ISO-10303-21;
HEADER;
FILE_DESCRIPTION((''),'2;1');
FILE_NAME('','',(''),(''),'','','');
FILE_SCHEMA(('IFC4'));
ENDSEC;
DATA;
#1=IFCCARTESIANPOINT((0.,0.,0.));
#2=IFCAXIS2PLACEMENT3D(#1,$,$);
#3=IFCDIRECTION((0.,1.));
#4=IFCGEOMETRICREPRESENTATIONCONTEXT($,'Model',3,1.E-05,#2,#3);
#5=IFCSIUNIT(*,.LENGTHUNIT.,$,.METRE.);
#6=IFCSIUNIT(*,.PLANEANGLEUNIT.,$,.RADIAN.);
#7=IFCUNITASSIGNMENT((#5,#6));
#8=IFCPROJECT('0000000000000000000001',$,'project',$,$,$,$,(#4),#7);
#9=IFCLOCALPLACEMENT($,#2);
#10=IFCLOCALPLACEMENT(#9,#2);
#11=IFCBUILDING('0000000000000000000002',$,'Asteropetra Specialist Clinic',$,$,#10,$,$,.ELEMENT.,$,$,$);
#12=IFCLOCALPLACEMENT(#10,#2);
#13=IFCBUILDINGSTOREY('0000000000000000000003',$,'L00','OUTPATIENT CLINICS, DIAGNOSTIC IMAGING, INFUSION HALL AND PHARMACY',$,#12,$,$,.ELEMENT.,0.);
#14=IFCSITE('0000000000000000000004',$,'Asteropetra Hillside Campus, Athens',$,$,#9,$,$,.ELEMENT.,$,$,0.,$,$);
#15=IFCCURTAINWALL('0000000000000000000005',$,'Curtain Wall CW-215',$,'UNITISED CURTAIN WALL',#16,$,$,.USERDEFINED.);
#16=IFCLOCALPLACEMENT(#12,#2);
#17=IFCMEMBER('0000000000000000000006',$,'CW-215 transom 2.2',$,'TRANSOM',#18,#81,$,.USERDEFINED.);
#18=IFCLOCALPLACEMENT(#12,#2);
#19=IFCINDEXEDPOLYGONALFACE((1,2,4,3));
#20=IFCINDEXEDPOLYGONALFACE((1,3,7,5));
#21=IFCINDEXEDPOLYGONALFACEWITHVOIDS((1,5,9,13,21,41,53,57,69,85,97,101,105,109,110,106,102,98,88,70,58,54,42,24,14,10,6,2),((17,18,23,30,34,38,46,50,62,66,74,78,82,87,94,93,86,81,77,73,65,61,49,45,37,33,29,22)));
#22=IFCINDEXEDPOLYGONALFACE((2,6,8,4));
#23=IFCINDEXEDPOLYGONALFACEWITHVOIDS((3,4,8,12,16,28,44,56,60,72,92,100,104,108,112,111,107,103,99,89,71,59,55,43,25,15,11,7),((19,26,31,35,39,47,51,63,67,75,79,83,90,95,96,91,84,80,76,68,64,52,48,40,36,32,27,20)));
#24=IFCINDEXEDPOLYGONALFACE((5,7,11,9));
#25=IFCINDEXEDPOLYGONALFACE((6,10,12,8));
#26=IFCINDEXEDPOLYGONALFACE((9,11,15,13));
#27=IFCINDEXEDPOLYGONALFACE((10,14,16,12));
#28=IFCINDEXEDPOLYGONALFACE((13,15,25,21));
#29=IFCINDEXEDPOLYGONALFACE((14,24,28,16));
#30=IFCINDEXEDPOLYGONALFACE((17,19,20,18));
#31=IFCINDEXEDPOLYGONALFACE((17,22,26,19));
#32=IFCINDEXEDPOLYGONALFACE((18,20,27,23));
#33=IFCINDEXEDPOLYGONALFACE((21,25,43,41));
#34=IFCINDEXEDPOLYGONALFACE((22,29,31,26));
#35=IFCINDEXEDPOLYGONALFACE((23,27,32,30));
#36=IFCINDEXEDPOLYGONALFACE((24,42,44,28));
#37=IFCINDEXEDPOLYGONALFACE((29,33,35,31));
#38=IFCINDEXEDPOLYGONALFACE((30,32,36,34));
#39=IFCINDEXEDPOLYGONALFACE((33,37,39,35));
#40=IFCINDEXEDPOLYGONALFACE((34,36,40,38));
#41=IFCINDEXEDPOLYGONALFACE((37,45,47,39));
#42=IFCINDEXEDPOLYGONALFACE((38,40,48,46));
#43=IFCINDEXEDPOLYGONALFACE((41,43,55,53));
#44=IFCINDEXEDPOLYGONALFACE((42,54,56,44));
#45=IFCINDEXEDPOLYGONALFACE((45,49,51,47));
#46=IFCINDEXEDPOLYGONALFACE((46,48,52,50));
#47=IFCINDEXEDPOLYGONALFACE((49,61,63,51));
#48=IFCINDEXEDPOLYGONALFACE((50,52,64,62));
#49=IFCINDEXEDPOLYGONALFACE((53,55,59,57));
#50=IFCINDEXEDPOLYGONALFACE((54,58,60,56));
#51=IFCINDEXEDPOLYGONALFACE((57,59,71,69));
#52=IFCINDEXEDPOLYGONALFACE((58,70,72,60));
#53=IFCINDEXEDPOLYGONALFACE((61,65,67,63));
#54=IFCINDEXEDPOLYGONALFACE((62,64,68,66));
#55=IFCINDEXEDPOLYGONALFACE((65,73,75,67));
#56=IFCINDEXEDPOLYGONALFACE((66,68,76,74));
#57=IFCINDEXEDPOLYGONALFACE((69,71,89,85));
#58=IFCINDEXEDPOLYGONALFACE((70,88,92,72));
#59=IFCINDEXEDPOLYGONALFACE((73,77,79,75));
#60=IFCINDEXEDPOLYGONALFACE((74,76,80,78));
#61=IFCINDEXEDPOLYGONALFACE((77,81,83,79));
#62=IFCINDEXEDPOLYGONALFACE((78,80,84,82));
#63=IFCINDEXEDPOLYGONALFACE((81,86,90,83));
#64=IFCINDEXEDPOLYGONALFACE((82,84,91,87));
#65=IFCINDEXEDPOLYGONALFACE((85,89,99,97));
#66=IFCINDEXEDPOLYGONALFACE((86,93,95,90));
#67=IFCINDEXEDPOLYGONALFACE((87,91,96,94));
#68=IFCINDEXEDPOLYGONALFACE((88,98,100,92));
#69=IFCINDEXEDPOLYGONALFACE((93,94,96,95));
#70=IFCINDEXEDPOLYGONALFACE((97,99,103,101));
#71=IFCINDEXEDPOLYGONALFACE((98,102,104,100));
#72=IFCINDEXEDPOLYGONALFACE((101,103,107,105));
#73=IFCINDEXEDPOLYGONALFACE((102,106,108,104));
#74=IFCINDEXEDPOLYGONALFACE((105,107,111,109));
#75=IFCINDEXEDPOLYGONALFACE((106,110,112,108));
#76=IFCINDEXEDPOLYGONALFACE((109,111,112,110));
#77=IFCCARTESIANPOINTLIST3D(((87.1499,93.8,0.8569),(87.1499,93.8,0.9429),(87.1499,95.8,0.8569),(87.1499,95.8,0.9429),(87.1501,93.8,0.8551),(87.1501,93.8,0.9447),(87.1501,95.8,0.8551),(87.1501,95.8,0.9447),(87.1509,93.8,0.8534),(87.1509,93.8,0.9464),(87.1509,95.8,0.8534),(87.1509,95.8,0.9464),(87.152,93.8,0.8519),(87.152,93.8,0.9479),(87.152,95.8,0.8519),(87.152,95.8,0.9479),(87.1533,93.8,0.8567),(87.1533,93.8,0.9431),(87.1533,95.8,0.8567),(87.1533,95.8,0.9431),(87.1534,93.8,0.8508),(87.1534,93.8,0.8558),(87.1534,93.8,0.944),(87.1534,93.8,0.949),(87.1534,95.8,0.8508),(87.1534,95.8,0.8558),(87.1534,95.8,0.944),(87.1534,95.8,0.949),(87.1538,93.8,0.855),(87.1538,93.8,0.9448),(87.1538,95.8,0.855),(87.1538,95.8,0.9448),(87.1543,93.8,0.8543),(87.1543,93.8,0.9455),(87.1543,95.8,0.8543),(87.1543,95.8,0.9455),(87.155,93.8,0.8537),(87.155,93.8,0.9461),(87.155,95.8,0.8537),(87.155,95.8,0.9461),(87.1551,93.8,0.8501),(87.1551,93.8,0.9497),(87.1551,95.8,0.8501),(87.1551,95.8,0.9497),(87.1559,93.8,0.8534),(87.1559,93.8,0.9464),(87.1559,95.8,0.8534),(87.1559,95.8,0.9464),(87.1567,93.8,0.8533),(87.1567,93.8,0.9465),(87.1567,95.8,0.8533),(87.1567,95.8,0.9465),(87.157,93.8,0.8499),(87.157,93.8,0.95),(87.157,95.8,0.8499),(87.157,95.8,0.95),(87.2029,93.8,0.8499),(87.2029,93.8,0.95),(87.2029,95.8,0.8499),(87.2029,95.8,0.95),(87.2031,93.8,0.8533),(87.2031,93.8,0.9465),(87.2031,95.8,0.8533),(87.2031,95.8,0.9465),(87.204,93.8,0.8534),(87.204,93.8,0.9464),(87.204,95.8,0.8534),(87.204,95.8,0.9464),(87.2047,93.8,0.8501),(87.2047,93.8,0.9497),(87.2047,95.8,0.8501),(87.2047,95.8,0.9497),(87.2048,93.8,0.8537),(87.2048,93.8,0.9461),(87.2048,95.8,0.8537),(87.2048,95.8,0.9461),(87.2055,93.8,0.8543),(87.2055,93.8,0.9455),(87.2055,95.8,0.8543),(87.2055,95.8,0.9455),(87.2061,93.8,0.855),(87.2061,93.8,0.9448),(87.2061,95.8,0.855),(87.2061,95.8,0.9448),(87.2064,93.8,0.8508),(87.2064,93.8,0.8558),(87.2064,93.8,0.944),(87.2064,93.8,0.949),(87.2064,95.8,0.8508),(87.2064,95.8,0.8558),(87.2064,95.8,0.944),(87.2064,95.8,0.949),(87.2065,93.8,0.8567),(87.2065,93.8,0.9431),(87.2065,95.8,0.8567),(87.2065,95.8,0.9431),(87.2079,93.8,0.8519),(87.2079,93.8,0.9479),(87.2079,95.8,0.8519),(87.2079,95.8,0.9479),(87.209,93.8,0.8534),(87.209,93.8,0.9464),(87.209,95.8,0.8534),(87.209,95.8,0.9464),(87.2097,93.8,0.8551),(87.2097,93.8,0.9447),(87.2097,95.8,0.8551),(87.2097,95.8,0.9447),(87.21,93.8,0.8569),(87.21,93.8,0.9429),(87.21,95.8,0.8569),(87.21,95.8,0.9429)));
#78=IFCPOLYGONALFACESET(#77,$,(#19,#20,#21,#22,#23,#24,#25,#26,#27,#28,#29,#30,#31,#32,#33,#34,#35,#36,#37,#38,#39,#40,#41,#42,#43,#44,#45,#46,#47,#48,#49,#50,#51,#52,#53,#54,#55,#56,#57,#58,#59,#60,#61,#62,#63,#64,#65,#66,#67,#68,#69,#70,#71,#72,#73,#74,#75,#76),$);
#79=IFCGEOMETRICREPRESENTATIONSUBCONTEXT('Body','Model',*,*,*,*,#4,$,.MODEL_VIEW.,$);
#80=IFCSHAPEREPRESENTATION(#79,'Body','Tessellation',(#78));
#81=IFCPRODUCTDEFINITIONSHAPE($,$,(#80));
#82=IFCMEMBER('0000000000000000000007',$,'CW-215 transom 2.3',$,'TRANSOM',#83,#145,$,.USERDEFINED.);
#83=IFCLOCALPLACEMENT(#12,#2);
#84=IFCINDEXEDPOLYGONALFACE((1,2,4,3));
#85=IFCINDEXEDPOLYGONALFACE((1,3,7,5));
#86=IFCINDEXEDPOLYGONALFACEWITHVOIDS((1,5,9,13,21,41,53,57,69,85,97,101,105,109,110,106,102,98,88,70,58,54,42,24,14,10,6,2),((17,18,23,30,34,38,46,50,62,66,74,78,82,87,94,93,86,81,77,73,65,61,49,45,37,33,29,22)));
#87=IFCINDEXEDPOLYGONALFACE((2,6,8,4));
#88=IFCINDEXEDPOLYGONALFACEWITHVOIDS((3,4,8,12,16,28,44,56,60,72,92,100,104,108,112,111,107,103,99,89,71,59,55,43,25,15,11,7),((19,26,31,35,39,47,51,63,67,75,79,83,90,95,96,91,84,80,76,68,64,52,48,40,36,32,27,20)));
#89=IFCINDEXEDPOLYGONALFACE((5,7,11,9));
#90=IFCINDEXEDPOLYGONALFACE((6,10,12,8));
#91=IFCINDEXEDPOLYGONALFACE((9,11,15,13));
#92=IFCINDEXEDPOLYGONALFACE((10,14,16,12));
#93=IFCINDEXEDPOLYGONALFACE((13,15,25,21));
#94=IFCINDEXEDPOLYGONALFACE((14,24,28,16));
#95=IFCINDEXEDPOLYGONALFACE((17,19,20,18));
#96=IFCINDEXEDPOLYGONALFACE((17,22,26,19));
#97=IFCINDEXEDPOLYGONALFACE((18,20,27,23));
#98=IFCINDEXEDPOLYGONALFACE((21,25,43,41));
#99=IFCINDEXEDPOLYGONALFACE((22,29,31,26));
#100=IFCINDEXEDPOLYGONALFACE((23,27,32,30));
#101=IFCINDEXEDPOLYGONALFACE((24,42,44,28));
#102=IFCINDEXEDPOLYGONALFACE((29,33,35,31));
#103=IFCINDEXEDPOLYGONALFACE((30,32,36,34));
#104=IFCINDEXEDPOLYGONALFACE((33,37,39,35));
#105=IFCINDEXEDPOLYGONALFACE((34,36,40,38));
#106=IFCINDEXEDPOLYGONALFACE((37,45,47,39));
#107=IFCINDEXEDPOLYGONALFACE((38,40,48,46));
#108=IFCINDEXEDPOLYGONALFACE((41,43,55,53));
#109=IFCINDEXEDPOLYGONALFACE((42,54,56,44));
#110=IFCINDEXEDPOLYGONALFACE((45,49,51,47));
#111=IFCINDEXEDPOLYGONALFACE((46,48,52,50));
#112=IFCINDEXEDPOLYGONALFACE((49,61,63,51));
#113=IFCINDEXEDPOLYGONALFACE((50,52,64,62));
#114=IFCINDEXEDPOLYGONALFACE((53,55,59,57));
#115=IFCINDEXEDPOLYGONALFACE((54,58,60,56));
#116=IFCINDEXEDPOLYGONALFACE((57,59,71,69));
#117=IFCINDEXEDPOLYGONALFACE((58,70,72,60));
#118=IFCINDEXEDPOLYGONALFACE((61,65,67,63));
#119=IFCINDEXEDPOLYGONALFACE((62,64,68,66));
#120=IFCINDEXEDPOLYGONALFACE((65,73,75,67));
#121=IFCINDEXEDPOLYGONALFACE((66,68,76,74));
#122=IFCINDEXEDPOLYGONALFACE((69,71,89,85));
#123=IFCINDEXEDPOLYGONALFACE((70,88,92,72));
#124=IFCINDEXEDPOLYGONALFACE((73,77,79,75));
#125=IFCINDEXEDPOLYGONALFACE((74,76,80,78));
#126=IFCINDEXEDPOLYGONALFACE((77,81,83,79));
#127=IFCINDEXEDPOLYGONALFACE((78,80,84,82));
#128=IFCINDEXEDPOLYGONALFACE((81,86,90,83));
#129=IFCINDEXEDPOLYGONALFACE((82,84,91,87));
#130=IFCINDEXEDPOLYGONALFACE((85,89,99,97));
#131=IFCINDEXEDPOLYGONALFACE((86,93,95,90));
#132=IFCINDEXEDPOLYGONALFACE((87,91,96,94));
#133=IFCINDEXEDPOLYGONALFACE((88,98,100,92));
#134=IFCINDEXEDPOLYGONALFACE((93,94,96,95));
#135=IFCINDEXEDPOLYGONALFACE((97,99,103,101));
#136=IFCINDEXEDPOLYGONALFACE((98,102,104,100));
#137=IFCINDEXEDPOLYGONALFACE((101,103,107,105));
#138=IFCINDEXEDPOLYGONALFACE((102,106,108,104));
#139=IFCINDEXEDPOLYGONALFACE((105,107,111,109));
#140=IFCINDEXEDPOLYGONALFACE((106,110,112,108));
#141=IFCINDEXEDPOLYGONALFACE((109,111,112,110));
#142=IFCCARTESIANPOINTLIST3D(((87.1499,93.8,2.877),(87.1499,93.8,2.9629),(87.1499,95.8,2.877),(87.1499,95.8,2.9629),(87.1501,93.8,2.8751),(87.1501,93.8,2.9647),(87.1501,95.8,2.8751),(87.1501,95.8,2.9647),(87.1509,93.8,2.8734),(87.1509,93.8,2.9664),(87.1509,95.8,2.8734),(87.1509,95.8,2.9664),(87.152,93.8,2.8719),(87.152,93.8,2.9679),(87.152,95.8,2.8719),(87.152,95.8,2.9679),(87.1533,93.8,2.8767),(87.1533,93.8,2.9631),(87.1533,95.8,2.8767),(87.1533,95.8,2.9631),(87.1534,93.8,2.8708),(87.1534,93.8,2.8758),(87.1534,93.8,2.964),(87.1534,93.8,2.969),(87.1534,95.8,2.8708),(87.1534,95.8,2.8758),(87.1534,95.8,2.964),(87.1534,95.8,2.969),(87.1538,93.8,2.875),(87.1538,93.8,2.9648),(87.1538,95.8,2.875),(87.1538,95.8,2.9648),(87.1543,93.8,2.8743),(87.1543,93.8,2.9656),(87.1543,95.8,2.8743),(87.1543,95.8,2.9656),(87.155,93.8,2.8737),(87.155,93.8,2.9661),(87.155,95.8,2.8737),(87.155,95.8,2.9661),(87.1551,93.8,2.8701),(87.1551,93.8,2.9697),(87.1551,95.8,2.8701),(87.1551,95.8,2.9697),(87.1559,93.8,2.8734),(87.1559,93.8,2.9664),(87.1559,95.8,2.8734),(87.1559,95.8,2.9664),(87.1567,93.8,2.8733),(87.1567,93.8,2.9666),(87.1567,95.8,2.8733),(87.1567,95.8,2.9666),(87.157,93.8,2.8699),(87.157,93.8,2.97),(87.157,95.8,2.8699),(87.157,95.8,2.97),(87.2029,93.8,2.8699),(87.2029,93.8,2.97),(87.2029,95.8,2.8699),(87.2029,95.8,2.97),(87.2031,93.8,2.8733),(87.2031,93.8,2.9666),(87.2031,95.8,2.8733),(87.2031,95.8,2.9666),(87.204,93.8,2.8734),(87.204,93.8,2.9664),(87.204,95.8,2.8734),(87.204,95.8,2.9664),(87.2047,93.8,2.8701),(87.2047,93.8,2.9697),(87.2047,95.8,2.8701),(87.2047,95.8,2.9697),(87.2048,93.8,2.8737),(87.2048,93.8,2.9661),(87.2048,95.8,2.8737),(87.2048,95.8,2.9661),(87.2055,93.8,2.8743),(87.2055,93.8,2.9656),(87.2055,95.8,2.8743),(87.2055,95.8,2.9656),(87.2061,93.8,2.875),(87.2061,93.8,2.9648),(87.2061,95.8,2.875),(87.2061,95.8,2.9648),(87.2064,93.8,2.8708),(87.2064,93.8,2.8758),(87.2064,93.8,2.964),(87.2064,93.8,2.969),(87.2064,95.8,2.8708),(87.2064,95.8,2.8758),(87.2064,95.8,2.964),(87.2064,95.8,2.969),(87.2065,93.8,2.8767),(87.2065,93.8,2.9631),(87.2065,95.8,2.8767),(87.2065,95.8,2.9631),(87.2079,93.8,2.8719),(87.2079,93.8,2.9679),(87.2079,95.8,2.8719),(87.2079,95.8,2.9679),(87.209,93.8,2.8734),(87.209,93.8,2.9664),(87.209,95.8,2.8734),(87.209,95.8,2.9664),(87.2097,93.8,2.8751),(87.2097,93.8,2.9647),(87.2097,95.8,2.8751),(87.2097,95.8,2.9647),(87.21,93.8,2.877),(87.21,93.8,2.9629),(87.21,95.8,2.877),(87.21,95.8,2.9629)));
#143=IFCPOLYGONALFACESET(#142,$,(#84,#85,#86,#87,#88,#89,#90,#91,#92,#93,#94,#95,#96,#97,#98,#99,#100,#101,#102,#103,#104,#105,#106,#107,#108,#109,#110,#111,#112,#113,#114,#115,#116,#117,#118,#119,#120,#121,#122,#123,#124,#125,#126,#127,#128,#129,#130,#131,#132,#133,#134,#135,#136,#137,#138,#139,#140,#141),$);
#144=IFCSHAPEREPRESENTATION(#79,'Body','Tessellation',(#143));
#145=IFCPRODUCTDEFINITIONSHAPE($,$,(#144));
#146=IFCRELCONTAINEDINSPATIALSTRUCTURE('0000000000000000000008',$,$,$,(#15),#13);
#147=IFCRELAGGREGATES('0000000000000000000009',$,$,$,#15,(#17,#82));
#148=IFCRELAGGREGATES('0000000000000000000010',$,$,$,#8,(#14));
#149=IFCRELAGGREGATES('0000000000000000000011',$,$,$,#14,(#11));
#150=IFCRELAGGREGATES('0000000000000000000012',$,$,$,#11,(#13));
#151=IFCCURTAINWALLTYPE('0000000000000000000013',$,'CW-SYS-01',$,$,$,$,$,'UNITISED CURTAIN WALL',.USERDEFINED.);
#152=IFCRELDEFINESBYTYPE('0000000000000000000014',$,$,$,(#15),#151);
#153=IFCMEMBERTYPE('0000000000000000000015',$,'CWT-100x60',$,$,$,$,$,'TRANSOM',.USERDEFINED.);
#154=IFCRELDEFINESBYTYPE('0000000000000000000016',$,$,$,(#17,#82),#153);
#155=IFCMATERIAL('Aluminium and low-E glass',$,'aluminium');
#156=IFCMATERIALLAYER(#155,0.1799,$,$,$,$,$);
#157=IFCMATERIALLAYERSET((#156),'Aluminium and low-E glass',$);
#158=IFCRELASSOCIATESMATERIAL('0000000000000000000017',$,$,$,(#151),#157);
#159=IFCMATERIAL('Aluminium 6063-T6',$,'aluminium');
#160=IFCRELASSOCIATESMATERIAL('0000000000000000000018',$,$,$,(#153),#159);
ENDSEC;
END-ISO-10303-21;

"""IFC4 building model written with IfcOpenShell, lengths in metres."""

from ifc_helpers import new_model, si_unit, direction, frame, origin, origin_2d, place, context, subcontext, project, spatial, hollow_rectangle, extrude, material, layer, layer_set, material_profile, profile_set, type_object, element, aggregate, save


model = new_model("IFC4")

# Units and contexts
model_context = context("Model", 3, precision=1e-05, world=origin(), true_north=direction((0.0, 1.0)))
body_context = subcontext(model_context, "Body", "Model", "MODEL_VIEW")
ifc_project = project(units=[si_unit("LENGTHUNIT", "METRE"), si_unit("PLANEANGLEUNIT", "RADIAN")], contexts=[model_context])

# Site, building, storey
site_placement = place(None, origin())
site = spatial("IfcSite", under=ifc_project, at=site_placement, Name="Asteropetra Hillside Campus, Athens", CompositionType="ELEMENT", RefElevation=0.0)
building_placement = place(site_placement, origin())
building = spatial("IfcBuilding", under=site, at=building_placement, Name="Asteropetra Specialist Clinic", CompositionType="ELEMENT")
storey_placement = place(building_placement, origin())
storey = spatial("IfcBuildingStorey", under=building, at=storey_placement, Name="L00", Description="OUTPATIENT CLINICS, DIAGNOSTIC IMAGING, INFUSION HALL AND PHARMACY", CompositionType="ELEMENT", Elevation=0.0)

# Curtain wall, members
ifc_material_1 = material(Name="Aluminium and low-E glass", Category="aluminium")
ifc_layer_1 = layer(ifc_material_1, 0.1799)
ifc_layer_set_1 = layer_set([ifc_layer_1], Name="Aluminium and low-E glass")
curtain_wall_type = type_object("IfcCurtainWallType", Name="CW-SYS-01", ElementType="UNITISED CURTAIN WALL", PredefinedType="USERDEFINED", material=ifc_layer_set_1)
curtain_wall_placement = place(storey_placement, origin())
curtain_wall = element("IfcCurtainWall", 1, at=curtain_wall_placement, inside=storey, type_object=curtain_wall_type, Name="Curtain Wall CW-215", ObjectType="UNITISED CURTAIN WALL", PredefinedType="USERDEFINED")
ifc_material_2 = material(Name="Aluminium 6063-T6", Category="aluminium")
ifc_material_profile_1 = material_profile(ifc_material_2, hollow_rectangle(XDim=0.0601, YDim=0.1001, WallThickness=0.0034, InnerFilletRadius=0.0034, OuterFilletRadius=0.0071, at=origin_2d()), Name="TRN 100x60x3.5")
ifc_profile_set_1 = profile_set([ifc_material_profile_1], Name="Aluminium 6063-T6")
member_type_1 = type_object("IfcMemberType", Name="CWT-100x60", ElementType="TRANSOM", PredefinedType="USERDEFINED", material=ifc_profile_set_1)
member_1_placement = place(storey_placement, frame((87.1799, 95.8, 0.8999), z_axis=(0.0, -1.0, 0.0), x_axis=(1.0, 0.0, 0.0)))
member_1 = element("IfcMember", 2, at=member_1_placement, type_object=member_type_1, Name="CW-215 transom 2.2", ObjectType="TRANSOM", PredefinedType="USERDEFINED", context=body_context, shape_type="SweptSolid", body=[
    extrude(hollow_rectangle(XDim=0.0601, YDim=0.1001, WallThickness=0.0034, InnerFilletRadius=0.0034, OuterFilletRadius=0.0071, at=origin_2d()), origin(), (0.0, 0.0, 1.0), 2.0),
])
member_2_placement = place(storey_placement, frame((87.1799, 95.8, 2.9199), z_axis=(0.0, -1.0, 0.0), x_axis=(1.0, 0.0, 0.0)))
member_2 = element("IfcMember", 3, at=member_2_placement, type_object=member_type_1, Name="CW-215 transom 2.3", ObjectType="TRANSOM", PredefinedType="USERDEFINED", context=body_context, shape_type="SweptSolid", body=[
    extrude(hollow_rectangle(XDim=0.0601, YDim=0.1001, WallThickness=0.0034, InnerFilletRadius=0.0034, OuterFilletRadius=0.0071, at=origin_2d()), origin(), (0.0, 0.0, 1.0), 2.0),
])
aggregate(curtain_wall, [member_1, member_2])

save(model, "model.ifc")
